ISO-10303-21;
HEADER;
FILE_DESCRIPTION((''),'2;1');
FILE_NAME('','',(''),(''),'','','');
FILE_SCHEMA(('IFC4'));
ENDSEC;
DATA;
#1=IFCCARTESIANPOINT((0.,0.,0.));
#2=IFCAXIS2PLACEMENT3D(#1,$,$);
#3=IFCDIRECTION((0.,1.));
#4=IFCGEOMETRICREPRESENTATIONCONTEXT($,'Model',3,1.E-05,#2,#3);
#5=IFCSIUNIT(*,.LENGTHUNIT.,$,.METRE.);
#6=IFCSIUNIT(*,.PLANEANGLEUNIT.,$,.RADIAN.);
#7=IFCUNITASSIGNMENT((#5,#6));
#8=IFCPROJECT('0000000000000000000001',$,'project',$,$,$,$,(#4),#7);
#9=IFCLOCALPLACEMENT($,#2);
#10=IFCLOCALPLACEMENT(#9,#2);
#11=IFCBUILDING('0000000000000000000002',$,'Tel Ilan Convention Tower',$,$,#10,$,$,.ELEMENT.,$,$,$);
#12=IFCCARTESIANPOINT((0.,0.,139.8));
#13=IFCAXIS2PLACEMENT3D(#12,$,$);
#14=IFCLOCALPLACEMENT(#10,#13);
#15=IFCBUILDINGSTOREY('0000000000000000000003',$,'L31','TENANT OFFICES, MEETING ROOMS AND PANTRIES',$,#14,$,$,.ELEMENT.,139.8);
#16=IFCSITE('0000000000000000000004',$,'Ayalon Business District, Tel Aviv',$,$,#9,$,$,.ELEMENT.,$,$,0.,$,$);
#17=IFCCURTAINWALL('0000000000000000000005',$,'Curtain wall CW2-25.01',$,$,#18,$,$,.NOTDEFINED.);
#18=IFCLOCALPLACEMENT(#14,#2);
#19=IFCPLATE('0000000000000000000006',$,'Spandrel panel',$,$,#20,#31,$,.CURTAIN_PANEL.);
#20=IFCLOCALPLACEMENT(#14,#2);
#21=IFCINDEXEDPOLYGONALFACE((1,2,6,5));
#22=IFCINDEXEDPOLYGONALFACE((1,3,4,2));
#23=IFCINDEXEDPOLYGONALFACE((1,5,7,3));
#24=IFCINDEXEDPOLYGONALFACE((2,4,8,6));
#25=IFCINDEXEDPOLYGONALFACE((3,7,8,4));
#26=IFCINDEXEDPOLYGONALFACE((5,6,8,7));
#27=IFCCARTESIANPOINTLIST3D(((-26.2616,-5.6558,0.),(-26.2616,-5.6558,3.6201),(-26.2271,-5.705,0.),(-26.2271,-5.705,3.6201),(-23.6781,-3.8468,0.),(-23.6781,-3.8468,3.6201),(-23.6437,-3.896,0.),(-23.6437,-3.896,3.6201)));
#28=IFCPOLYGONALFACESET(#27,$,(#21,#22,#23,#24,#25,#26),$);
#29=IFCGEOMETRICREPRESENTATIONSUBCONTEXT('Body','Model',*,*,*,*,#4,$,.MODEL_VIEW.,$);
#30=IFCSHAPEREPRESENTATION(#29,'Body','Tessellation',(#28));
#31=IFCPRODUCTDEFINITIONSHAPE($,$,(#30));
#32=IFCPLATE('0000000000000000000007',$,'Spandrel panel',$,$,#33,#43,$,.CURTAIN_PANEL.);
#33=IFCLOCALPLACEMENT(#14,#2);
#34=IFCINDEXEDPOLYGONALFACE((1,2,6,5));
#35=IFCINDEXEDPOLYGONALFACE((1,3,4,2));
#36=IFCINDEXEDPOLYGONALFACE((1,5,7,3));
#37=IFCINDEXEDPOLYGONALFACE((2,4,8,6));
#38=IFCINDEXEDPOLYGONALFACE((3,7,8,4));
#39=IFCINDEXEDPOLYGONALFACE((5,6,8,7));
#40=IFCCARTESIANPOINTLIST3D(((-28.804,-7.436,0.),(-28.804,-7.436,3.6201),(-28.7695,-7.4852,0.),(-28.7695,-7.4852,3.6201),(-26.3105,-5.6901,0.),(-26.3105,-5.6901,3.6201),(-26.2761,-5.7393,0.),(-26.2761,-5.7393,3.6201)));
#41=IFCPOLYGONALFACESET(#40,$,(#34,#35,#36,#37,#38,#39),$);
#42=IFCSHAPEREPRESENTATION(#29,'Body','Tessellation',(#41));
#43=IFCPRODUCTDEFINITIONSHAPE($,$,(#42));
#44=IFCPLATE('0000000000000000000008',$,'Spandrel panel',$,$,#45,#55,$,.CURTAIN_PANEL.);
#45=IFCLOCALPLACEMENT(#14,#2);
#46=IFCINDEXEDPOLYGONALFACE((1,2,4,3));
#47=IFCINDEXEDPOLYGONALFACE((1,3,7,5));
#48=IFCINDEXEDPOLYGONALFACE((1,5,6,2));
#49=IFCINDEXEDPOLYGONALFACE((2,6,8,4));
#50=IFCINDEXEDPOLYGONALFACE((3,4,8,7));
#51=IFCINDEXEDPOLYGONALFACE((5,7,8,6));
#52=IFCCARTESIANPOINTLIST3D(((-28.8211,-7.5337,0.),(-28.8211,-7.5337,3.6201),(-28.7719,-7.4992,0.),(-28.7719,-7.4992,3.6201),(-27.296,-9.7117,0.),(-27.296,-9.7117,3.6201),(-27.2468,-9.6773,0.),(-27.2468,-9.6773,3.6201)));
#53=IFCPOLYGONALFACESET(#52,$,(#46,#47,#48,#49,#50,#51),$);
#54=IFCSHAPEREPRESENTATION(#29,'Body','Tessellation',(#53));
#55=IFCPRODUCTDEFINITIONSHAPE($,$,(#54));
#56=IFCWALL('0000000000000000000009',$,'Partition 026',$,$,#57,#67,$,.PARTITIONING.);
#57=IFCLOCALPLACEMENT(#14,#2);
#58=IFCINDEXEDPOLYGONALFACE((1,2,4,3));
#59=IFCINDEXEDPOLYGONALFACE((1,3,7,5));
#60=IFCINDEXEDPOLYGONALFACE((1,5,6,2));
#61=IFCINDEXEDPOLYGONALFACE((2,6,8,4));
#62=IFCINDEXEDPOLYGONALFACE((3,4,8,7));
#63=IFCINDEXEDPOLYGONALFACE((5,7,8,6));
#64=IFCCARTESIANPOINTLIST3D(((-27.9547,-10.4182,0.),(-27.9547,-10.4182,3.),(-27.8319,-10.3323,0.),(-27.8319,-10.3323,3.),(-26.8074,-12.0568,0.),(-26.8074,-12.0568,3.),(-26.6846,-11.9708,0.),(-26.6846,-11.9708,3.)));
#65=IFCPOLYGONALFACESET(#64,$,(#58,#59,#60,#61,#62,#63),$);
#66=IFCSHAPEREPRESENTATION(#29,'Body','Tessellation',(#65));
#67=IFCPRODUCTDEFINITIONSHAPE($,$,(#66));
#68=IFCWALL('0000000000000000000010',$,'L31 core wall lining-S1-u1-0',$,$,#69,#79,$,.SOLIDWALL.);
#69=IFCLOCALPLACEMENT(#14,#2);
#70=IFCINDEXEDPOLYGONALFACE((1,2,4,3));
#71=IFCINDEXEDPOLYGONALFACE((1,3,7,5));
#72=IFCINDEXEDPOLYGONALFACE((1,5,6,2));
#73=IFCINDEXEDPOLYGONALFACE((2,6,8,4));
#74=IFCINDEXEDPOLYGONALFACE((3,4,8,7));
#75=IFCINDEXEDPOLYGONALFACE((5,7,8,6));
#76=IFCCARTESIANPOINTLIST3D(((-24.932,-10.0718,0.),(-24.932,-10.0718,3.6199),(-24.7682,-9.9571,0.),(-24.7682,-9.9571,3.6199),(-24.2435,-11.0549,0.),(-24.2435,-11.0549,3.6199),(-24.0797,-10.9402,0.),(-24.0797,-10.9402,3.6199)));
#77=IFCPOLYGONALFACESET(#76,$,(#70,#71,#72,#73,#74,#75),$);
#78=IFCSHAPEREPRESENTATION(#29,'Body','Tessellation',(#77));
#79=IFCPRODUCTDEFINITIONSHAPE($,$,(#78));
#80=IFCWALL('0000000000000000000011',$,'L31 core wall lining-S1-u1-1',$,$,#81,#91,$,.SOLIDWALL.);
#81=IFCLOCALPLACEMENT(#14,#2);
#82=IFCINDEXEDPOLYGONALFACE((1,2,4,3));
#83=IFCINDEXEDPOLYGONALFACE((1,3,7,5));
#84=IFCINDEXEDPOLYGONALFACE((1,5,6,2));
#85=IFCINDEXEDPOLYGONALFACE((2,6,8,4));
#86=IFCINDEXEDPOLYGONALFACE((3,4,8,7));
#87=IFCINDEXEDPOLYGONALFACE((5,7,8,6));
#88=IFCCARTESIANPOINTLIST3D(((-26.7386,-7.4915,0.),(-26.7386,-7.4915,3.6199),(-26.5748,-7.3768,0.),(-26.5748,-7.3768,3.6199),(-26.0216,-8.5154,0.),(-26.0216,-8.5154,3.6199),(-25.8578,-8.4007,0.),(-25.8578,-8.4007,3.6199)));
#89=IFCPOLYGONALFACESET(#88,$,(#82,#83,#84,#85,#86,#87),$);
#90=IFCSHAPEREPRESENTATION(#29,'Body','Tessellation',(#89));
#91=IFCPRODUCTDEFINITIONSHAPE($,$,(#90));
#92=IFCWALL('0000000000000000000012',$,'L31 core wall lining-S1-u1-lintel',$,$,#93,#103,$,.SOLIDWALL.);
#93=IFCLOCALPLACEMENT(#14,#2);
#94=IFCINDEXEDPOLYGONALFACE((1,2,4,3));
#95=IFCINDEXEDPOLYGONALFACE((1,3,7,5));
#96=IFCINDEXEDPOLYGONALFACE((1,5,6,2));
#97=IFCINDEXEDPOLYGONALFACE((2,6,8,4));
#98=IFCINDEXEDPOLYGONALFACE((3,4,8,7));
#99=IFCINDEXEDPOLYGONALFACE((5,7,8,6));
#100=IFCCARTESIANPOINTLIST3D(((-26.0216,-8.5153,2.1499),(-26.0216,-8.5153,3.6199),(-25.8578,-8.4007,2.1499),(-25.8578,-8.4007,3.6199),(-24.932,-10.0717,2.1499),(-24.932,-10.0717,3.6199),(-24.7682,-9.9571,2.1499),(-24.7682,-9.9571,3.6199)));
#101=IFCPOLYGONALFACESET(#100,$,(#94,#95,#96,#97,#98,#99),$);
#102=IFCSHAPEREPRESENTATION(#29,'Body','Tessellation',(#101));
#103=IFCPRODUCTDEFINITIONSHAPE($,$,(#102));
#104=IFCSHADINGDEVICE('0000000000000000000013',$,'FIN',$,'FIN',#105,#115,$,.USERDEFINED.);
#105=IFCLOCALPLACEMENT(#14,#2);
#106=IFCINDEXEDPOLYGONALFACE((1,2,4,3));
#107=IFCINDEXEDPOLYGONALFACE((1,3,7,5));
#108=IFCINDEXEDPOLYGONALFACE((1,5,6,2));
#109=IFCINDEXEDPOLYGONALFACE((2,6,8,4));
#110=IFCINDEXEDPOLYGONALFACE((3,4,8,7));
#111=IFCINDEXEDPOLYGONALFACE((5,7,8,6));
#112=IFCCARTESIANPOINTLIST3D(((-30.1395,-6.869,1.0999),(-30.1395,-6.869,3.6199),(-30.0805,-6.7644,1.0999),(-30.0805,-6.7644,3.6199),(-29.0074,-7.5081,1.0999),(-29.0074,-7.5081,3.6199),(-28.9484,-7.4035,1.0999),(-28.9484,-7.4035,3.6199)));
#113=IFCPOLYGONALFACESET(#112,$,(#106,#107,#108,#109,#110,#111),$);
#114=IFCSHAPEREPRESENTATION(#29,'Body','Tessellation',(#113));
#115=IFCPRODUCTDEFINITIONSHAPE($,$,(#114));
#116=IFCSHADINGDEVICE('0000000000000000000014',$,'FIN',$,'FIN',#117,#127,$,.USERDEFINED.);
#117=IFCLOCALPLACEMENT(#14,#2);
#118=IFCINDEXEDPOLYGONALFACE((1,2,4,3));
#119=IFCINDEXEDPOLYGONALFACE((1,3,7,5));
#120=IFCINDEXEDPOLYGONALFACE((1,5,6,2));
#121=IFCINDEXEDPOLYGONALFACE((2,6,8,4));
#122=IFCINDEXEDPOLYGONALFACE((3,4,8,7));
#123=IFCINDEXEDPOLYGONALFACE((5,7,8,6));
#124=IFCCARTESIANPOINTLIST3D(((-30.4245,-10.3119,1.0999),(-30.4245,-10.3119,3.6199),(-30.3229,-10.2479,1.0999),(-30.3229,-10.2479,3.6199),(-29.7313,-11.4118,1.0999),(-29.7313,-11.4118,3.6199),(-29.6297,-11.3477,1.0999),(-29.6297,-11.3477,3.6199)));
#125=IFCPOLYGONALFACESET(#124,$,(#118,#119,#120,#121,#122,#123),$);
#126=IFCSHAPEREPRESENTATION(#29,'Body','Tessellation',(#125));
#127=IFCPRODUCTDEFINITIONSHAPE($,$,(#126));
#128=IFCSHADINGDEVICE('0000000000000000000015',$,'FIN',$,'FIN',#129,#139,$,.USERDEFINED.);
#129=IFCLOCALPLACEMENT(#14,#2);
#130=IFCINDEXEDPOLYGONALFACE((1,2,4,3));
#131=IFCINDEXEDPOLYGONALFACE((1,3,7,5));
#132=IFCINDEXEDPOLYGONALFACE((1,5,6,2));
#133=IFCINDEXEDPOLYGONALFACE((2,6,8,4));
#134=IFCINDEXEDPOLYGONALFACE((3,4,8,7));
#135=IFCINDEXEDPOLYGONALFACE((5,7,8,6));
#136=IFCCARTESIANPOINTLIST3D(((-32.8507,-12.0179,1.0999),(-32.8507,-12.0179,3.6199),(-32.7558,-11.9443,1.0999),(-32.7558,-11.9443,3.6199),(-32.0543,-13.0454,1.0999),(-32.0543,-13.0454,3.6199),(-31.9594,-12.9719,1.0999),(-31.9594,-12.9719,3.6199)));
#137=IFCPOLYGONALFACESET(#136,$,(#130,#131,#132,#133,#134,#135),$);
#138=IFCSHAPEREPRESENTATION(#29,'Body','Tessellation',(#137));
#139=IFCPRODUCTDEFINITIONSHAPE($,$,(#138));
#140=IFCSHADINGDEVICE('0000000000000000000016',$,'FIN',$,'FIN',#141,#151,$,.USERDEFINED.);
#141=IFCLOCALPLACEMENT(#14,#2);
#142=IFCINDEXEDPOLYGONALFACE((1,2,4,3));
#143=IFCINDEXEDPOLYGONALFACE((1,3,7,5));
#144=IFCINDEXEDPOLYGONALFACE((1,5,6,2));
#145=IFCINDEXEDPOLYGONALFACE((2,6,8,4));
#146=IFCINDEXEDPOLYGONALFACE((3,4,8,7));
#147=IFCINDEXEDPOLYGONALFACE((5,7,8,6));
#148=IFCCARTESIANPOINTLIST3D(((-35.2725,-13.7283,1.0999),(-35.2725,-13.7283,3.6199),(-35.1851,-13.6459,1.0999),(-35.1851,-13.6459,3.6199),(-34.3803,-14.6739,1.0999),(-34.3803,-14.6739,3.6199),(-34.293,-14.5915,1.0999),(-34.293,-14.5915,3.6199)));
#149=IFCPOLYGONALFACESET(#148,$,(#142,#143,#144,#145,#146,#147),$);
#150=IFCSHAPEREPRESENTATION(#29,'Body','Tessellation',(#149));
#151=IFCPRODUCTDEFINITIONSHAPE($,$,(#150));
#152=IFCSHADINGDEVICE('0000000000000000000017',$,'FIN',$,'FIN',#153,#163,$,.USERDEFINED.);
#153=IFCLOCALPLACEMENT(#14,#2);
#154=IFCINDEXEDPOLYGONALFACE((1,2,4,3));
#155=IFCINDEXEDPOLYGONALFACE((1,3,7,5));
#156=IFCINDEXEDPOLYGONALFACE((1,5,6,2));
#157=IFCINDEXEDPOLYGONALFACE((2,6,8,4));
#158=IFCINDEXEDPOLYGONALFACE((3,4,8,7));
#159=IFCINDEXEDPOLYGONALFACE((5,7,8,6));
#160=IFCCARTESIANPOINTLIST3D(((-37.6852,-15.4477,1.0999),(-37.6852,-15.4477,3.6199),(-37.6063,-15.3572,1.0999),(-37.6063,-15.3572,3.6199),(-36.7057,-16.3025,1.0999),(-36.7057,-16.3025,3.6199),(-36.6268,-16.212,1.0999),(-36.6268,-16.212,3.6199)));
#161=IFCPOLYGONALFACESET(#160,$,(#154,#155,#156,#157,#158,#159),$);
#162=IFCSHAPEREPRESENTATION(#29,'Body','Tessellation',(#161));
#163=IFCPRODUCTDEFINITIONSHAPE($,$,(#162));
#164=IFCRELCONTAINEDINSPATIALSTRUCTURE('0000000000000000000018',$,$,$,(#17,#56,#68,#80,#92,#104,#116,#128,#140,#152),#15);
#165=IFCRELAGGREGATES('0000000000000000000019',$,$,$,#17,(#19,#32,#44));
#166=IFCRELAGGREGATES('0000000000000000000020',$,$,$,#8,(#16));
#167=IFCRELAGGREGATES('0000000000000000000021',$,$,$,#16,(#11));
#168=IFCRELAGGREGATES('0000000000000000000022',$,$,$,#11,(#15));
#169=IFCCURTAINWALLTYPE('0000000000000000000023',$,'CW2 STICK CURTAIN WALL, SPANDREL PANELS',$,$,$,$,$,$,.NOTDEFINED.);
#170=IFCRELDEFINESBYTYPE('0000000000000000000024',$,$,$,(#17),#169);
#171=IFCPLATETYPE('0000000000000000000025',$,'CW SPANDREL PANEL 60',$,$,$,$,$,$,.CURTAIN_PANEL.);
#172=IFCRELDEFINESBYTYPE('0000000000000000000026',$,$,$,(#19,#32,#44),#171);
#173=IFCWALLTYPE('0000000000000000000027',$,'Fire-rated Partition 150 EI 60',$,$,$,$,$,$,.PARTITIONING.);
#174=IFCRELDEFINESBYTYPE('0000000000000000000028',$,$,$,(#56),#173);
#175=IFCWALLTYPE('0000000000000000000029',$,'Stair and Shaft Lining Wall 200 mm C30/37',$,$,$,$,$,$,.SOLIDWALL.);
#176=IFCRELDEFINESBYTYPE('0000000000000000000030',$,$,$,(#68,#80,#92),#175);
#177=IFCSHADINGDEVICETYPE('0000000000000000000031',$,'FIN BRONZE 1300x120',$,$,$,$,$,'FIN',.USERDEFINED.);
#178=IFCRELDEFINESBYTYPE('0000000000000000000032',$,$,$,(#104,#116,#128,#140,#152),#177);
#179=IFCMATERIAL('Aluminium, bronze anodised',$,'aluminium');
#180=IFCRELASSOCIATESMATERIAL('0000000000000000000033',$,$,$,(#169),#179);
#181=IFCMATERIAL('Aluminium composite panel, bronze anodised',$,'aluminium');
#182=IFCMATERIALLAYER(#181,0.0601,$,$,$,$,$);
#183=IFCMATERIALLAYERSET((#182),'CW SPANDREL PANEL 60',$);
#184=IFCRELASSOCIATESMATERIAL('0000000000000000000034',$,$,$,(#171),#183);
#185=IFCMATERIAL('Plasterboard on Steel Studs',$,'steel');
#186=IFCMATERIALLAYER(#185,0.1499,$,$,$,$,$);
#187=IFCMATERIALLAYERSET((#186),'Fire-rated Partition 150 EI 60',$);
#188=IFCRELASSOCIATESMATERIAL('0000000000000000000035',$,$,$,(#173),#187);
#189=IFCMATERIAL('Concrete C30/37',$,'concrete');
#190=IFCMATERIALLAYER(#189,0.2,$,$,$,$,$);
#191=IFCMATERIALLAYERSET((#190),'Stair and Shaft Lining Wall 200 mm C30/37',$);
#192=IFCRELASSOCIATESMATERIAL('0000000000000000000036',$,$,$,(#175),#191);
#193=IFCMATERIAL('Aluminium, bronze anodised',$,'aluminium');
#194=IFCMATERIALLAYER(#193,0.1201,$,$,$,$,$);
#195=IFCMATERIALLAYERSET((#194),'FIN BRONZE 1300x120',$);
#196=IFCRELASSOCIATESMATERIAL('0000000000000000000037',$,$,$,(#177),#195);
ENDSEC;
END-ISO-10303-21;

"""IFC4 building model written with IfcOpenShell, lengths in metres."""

from ifc_helpers import new_model, si_unit, direction, frame, frame_2d, origin, origin_2d, place, context, subcontext, project, spatial, rectangle, extrude, material, layer, layer_set, type_object, element, aggregate, save


model = new_model("IFC4")

# Units and contexts
model_context = context("Model", 3, precision=1e-05, world=origin(), true_north=direction((0.0, 1.0)))
body_context = subcontext(model_context, "Body", "Model", "MODEL_VIEW")
ifc_project = project(units=[si_unit("LENGTHUNIT", "METRE"), si_unit("PLANEANGLEUNIT", "RADIAN")], contexts=[model_context])

# Site, building, storey
site_placement = place(None, origin())
site = spatial("IfcSite", under=ifc_project, at=site_placement, Name="Ayalon Business District, Tel Aviv", CompositionType="ELEMENT", RefElevation=0.0)
building_placement = place(site_placement, origin())
building = spatial("IfcBuilding", under=site, at=building_placement, Name="Tel Ilan Convention Tower", CompositionType="ELEMENT")
storey_placement = place(building_placement, frame((0.0, 0.0, 139.8)))
storey = spatial("IfcBuildingStorey", under=building, at=storey_placement, Name="L31", Description="TENANT OFFICES, MEETING ROOMS AND PANTRIES", CompositionType="ELEMENT", Elevation=139.8)

# Curtain wall
ifc_material_1 = material(Name="Aluminium, bronze anodised", Category="aluminium")
curtain_wall_type_1 = type_object("IfcCurtainWallType", Name="CW2 STICK CURTAIN WALL, SPANDREL PANELS", PredefinedType="NOTDEFINED", material=ifc_material_1)
curtain_wall_1_placement = place(storey_placement, origin())
curtain_wall_1 = element("IfcCurtainWall", 1, at=curtain_wall_1_placement, inside=storey, type_object=curtain_wall_type_1, Name="Curtain wall CW2-25.01", PredefinedType="NOTDEFINED")

# Plates
ifc_material_2 = material(Name="Aluminium composite panel, bronze anodised", Category="aluminium")
ifc_layer_1 = layer(ifc_material_2, 0.0601)
ifc_layer_set_1 = layer_set([ifc_layer_1], Name="CW SPANDREL PANEL 60")
plate_type_1 = type_object("IfcPlateType", Name="CW SPANDREL PANEL 60", PredefinedType="CURTAIN_PANEL", material=ifc_layer_set_1)
plate_1_placement = place(storey_placement, frame((-24.9526, -4.7759, 0.0), z_axis=(0.0, 0.0, 1.0), x_axis=(-0.819152, -0.573576, 0.0)))
plate_1 = element("IfcPlate", 2, at=plate_1_placement, type_object=plate_type_1, Name="Spandrel panel", PredefinedType="CURTAIN_PANEL", context=body_context, shape_type="SweptSolid", body=[
    extrude(rectangle(XDim=3.1538, YDim=0.0601, at=origin_2d()), origin(), (0.0, 0.0, 1.0), 3.6201),
])
plate_2_placement = place(storey_placement, frame((-27.54, -6.5876, 0.0), z_axis=(0.0, 0.0, 1.0), x_axis=(-0.819152, -0.573576, 0.0)))
plate_2 = element("IfcPlate", 3, at=plate_2_placement, type_object=plate_type_1, Name="Spandrel panel", PredefinedType="CURTAIN_PANEL", context=body_context, shape_type="SweptSolid", body=[
    extrude(rectangle(XDim=3.0439, YDim=0.0601, at=origin_2d()), origin(), (0.0, 0.0, 1.0), 3.6201),
])
plate_3_placement = place(storey_placement, frame((-28.0339, -8.6055, 0.0), z_axis=(0.0, 0.0, 1.0), x_axis=(0.573576, -0.819152, 0.0)))
plate_3 = element("IfcPlate", 4, at=plate_3_placement, type_object=plate_type_1, Name="Spandrel panel", PredefinedType="CURTAIN_PANEL", context=body_context, shape_type="SweptSolid", body=[
    extrude(rectangle(XDim=2.6589, YDim=0.0601, at=origin_2d()), origin(), (0.0, 0.0, 1.0), 3.6201),
])
aggregate(curtain_wall_1, [plate_1, plate_2, plate_3])

# Walls
ifc_material_3 = material(Name="Plasterboard on Steel Studs", Category="steel")
ifc_layer_2 = layer(ifc_material_3, 0.1499)
ifc_layer_set_2 = layer_set([ifc_layer_2], Name="Fire-rated Partition 150 EI 60")
wall_type_1 = type_object("IfcWallType", Name="Fire-rated Partition 150 EI 60", PredefinedType="PARTITIONING", material=ifc_layer_set_2)
wall_1_placement = place(storey_placement, frame((-26.7461, -12.0137, 0.0), z_axis=(0.0, 0.0, 1.0), x_axis=(-0.573569, 0.819157, 0.0)))
element("IfcWall", 5, at=wall_1_placement, inside=storey, type_object=wall_type_1, Name="Partition 026", PredefinedType="PARTITIONING", context=body_context, shape_type="SweptSolid", body=[
    extrude(rectangle(XDim=2.0002, YDim=0.1499, at=frame_2d((1.0, 0.0))), origin(), (0.0, 0.0, 1.0), 3.0),
])
ifc_material_4 = material(Name="Concrete C30/37", Category="concrete")
ifc_layer_3 = layer(ifc_material_4, 0.2)
ifc_layer_set_3 = layer_set([ifc_layer_3], Name="Stair and Shaft Lining Wall 200 mm C30/37")
wall_type_2 = type_object("IfcWallType", Name="Stair and Shaft Lining Wall 200 mm C30/37", PredefinedType="SOLIDWALL", material=ifc_layer_set_3)
wall_2_placement = place(storey_placement, frame((-24.1616, -10.9976, 0.0), z_axis=(0.0, 0.0, 1.0), x_axis=(-0.573613, 0.819127, 0.0)))
element("IfcWall", 6, at=wall_2_placement, inside=storey, type_object=wall_type_2, Name="L31 core wall lining-S1-u1-0", PredefinedType="SOLIDWALL", context=body_context, shape_type="SweptSolid", body=[
    extrude(rectangle(XDim=1.2002, YDim=0.2, at=frame_2d((0.6001, 0.0))), origin(), (0.0, 0.0, 1.0), 3.6199),
])
wall_3_placement = place(storey_placement, frame((-25.9397, -8.458, 0.0), z_axis=(0.0, 0.0, 1.0), x_axis=(-0.57362, 0.819122, 0.0)))
element("IfcWall", 7, at=wall_3_placement, inside=storey, type_object=wall_type_2, Name="L31 core wall lining-S1-u1-1", PredefinedType="SOLIDWALL", context=body_context, shape_type="SweptSolid", body=[
    extrude(rectangle(XDim=1.25, YDim=0.2, at=frame_2d((0.625, 0.0))), origin(), (0.0, 0.0, 1.0), 3.6199),
])
wall_4_placement = place(storey_placement, frame((-24.8501, -10.0144, 2.1499), z_axis=(0.0, 0.0, 1.0), x_axis=(-0.573505, 0.819202, 0.0)))
element("IfcWall", 8, at=wall_4_placement, inside=storey, type_object=wall_type_2, Name="L31 core wall lining-S1-u1-lintel", PredefinedType="SOLIDWALL", context=body_context, shape_type="SweptSolid", body=[
    extrude(rectangle(XDim=1.8999, YDim=0.2, at=frame_2d((0.95, 0.0))), origin(), (0.0, 0.0, 1.0), 1.47),
])

# Shading devices
ifc_material_5 = material(Name="Aluminium, bronze anodised", Category="aluminium")
ifc_layer_4 = layer(ifc_material_5, 0.1201)
ifc_layer_set_4 = layer_set([ifc_layer_4], Name="FIN BRONZE 1300x120")
shading_device_type = type_object("IfcShadingDeviceType", Name="FIN BRONZE 1300x120", ElementType="FIN", PredefinedType="USERDEFINED", material=ifc_layer_set_4)
for number, where, z_axis, x_axis, name in (
    (9, (-29.5439, -7.1362, 1.0999), (0.0, 0.0, 1.0), (-0.870833, 0.491579, 0.0), "FIN"),
    (10, (-30.0271, -10.8298, 1.0999), (0.0, 0.0, 1.0), (-0.533204, 0.845986, 0.0), "FIN"),
    (11, (-32.405, -12.4949, 1.0999), (0.0, 0.0, 1.0), (-0.612601, 0.790393, 0.0), "FIN"),
    (12, (-34.7827, -14.1599, 1.0999), (0.0, 0.0, 1.0), (-0.686242, 0.727374, 0.0), "FIN"),
    (13, (-37.156, -15.8298, 1.0999), (0.0, 0.0, 1.0), (-0.753436, 0.657521, 0.0), "FIN"),
):
    element("IfcShadingDevice", number, at=place(storey_placement, frame(where, z_axis=z_axis, x_axis=x_axis)), inside=storey, type_object=shading_device_type, Name=name, ObjectType="FIN", PredefinedType="USERDEFINED", context=body_context, shape_type="SweptSolid", body=[
        extrude(rectangle(XDim=1.3, YDim=0.1201, at=origin_2d()), origin(), (0.0, 0.0, 1.0), 2.52),
    ])

save(model, "model.ifc")
